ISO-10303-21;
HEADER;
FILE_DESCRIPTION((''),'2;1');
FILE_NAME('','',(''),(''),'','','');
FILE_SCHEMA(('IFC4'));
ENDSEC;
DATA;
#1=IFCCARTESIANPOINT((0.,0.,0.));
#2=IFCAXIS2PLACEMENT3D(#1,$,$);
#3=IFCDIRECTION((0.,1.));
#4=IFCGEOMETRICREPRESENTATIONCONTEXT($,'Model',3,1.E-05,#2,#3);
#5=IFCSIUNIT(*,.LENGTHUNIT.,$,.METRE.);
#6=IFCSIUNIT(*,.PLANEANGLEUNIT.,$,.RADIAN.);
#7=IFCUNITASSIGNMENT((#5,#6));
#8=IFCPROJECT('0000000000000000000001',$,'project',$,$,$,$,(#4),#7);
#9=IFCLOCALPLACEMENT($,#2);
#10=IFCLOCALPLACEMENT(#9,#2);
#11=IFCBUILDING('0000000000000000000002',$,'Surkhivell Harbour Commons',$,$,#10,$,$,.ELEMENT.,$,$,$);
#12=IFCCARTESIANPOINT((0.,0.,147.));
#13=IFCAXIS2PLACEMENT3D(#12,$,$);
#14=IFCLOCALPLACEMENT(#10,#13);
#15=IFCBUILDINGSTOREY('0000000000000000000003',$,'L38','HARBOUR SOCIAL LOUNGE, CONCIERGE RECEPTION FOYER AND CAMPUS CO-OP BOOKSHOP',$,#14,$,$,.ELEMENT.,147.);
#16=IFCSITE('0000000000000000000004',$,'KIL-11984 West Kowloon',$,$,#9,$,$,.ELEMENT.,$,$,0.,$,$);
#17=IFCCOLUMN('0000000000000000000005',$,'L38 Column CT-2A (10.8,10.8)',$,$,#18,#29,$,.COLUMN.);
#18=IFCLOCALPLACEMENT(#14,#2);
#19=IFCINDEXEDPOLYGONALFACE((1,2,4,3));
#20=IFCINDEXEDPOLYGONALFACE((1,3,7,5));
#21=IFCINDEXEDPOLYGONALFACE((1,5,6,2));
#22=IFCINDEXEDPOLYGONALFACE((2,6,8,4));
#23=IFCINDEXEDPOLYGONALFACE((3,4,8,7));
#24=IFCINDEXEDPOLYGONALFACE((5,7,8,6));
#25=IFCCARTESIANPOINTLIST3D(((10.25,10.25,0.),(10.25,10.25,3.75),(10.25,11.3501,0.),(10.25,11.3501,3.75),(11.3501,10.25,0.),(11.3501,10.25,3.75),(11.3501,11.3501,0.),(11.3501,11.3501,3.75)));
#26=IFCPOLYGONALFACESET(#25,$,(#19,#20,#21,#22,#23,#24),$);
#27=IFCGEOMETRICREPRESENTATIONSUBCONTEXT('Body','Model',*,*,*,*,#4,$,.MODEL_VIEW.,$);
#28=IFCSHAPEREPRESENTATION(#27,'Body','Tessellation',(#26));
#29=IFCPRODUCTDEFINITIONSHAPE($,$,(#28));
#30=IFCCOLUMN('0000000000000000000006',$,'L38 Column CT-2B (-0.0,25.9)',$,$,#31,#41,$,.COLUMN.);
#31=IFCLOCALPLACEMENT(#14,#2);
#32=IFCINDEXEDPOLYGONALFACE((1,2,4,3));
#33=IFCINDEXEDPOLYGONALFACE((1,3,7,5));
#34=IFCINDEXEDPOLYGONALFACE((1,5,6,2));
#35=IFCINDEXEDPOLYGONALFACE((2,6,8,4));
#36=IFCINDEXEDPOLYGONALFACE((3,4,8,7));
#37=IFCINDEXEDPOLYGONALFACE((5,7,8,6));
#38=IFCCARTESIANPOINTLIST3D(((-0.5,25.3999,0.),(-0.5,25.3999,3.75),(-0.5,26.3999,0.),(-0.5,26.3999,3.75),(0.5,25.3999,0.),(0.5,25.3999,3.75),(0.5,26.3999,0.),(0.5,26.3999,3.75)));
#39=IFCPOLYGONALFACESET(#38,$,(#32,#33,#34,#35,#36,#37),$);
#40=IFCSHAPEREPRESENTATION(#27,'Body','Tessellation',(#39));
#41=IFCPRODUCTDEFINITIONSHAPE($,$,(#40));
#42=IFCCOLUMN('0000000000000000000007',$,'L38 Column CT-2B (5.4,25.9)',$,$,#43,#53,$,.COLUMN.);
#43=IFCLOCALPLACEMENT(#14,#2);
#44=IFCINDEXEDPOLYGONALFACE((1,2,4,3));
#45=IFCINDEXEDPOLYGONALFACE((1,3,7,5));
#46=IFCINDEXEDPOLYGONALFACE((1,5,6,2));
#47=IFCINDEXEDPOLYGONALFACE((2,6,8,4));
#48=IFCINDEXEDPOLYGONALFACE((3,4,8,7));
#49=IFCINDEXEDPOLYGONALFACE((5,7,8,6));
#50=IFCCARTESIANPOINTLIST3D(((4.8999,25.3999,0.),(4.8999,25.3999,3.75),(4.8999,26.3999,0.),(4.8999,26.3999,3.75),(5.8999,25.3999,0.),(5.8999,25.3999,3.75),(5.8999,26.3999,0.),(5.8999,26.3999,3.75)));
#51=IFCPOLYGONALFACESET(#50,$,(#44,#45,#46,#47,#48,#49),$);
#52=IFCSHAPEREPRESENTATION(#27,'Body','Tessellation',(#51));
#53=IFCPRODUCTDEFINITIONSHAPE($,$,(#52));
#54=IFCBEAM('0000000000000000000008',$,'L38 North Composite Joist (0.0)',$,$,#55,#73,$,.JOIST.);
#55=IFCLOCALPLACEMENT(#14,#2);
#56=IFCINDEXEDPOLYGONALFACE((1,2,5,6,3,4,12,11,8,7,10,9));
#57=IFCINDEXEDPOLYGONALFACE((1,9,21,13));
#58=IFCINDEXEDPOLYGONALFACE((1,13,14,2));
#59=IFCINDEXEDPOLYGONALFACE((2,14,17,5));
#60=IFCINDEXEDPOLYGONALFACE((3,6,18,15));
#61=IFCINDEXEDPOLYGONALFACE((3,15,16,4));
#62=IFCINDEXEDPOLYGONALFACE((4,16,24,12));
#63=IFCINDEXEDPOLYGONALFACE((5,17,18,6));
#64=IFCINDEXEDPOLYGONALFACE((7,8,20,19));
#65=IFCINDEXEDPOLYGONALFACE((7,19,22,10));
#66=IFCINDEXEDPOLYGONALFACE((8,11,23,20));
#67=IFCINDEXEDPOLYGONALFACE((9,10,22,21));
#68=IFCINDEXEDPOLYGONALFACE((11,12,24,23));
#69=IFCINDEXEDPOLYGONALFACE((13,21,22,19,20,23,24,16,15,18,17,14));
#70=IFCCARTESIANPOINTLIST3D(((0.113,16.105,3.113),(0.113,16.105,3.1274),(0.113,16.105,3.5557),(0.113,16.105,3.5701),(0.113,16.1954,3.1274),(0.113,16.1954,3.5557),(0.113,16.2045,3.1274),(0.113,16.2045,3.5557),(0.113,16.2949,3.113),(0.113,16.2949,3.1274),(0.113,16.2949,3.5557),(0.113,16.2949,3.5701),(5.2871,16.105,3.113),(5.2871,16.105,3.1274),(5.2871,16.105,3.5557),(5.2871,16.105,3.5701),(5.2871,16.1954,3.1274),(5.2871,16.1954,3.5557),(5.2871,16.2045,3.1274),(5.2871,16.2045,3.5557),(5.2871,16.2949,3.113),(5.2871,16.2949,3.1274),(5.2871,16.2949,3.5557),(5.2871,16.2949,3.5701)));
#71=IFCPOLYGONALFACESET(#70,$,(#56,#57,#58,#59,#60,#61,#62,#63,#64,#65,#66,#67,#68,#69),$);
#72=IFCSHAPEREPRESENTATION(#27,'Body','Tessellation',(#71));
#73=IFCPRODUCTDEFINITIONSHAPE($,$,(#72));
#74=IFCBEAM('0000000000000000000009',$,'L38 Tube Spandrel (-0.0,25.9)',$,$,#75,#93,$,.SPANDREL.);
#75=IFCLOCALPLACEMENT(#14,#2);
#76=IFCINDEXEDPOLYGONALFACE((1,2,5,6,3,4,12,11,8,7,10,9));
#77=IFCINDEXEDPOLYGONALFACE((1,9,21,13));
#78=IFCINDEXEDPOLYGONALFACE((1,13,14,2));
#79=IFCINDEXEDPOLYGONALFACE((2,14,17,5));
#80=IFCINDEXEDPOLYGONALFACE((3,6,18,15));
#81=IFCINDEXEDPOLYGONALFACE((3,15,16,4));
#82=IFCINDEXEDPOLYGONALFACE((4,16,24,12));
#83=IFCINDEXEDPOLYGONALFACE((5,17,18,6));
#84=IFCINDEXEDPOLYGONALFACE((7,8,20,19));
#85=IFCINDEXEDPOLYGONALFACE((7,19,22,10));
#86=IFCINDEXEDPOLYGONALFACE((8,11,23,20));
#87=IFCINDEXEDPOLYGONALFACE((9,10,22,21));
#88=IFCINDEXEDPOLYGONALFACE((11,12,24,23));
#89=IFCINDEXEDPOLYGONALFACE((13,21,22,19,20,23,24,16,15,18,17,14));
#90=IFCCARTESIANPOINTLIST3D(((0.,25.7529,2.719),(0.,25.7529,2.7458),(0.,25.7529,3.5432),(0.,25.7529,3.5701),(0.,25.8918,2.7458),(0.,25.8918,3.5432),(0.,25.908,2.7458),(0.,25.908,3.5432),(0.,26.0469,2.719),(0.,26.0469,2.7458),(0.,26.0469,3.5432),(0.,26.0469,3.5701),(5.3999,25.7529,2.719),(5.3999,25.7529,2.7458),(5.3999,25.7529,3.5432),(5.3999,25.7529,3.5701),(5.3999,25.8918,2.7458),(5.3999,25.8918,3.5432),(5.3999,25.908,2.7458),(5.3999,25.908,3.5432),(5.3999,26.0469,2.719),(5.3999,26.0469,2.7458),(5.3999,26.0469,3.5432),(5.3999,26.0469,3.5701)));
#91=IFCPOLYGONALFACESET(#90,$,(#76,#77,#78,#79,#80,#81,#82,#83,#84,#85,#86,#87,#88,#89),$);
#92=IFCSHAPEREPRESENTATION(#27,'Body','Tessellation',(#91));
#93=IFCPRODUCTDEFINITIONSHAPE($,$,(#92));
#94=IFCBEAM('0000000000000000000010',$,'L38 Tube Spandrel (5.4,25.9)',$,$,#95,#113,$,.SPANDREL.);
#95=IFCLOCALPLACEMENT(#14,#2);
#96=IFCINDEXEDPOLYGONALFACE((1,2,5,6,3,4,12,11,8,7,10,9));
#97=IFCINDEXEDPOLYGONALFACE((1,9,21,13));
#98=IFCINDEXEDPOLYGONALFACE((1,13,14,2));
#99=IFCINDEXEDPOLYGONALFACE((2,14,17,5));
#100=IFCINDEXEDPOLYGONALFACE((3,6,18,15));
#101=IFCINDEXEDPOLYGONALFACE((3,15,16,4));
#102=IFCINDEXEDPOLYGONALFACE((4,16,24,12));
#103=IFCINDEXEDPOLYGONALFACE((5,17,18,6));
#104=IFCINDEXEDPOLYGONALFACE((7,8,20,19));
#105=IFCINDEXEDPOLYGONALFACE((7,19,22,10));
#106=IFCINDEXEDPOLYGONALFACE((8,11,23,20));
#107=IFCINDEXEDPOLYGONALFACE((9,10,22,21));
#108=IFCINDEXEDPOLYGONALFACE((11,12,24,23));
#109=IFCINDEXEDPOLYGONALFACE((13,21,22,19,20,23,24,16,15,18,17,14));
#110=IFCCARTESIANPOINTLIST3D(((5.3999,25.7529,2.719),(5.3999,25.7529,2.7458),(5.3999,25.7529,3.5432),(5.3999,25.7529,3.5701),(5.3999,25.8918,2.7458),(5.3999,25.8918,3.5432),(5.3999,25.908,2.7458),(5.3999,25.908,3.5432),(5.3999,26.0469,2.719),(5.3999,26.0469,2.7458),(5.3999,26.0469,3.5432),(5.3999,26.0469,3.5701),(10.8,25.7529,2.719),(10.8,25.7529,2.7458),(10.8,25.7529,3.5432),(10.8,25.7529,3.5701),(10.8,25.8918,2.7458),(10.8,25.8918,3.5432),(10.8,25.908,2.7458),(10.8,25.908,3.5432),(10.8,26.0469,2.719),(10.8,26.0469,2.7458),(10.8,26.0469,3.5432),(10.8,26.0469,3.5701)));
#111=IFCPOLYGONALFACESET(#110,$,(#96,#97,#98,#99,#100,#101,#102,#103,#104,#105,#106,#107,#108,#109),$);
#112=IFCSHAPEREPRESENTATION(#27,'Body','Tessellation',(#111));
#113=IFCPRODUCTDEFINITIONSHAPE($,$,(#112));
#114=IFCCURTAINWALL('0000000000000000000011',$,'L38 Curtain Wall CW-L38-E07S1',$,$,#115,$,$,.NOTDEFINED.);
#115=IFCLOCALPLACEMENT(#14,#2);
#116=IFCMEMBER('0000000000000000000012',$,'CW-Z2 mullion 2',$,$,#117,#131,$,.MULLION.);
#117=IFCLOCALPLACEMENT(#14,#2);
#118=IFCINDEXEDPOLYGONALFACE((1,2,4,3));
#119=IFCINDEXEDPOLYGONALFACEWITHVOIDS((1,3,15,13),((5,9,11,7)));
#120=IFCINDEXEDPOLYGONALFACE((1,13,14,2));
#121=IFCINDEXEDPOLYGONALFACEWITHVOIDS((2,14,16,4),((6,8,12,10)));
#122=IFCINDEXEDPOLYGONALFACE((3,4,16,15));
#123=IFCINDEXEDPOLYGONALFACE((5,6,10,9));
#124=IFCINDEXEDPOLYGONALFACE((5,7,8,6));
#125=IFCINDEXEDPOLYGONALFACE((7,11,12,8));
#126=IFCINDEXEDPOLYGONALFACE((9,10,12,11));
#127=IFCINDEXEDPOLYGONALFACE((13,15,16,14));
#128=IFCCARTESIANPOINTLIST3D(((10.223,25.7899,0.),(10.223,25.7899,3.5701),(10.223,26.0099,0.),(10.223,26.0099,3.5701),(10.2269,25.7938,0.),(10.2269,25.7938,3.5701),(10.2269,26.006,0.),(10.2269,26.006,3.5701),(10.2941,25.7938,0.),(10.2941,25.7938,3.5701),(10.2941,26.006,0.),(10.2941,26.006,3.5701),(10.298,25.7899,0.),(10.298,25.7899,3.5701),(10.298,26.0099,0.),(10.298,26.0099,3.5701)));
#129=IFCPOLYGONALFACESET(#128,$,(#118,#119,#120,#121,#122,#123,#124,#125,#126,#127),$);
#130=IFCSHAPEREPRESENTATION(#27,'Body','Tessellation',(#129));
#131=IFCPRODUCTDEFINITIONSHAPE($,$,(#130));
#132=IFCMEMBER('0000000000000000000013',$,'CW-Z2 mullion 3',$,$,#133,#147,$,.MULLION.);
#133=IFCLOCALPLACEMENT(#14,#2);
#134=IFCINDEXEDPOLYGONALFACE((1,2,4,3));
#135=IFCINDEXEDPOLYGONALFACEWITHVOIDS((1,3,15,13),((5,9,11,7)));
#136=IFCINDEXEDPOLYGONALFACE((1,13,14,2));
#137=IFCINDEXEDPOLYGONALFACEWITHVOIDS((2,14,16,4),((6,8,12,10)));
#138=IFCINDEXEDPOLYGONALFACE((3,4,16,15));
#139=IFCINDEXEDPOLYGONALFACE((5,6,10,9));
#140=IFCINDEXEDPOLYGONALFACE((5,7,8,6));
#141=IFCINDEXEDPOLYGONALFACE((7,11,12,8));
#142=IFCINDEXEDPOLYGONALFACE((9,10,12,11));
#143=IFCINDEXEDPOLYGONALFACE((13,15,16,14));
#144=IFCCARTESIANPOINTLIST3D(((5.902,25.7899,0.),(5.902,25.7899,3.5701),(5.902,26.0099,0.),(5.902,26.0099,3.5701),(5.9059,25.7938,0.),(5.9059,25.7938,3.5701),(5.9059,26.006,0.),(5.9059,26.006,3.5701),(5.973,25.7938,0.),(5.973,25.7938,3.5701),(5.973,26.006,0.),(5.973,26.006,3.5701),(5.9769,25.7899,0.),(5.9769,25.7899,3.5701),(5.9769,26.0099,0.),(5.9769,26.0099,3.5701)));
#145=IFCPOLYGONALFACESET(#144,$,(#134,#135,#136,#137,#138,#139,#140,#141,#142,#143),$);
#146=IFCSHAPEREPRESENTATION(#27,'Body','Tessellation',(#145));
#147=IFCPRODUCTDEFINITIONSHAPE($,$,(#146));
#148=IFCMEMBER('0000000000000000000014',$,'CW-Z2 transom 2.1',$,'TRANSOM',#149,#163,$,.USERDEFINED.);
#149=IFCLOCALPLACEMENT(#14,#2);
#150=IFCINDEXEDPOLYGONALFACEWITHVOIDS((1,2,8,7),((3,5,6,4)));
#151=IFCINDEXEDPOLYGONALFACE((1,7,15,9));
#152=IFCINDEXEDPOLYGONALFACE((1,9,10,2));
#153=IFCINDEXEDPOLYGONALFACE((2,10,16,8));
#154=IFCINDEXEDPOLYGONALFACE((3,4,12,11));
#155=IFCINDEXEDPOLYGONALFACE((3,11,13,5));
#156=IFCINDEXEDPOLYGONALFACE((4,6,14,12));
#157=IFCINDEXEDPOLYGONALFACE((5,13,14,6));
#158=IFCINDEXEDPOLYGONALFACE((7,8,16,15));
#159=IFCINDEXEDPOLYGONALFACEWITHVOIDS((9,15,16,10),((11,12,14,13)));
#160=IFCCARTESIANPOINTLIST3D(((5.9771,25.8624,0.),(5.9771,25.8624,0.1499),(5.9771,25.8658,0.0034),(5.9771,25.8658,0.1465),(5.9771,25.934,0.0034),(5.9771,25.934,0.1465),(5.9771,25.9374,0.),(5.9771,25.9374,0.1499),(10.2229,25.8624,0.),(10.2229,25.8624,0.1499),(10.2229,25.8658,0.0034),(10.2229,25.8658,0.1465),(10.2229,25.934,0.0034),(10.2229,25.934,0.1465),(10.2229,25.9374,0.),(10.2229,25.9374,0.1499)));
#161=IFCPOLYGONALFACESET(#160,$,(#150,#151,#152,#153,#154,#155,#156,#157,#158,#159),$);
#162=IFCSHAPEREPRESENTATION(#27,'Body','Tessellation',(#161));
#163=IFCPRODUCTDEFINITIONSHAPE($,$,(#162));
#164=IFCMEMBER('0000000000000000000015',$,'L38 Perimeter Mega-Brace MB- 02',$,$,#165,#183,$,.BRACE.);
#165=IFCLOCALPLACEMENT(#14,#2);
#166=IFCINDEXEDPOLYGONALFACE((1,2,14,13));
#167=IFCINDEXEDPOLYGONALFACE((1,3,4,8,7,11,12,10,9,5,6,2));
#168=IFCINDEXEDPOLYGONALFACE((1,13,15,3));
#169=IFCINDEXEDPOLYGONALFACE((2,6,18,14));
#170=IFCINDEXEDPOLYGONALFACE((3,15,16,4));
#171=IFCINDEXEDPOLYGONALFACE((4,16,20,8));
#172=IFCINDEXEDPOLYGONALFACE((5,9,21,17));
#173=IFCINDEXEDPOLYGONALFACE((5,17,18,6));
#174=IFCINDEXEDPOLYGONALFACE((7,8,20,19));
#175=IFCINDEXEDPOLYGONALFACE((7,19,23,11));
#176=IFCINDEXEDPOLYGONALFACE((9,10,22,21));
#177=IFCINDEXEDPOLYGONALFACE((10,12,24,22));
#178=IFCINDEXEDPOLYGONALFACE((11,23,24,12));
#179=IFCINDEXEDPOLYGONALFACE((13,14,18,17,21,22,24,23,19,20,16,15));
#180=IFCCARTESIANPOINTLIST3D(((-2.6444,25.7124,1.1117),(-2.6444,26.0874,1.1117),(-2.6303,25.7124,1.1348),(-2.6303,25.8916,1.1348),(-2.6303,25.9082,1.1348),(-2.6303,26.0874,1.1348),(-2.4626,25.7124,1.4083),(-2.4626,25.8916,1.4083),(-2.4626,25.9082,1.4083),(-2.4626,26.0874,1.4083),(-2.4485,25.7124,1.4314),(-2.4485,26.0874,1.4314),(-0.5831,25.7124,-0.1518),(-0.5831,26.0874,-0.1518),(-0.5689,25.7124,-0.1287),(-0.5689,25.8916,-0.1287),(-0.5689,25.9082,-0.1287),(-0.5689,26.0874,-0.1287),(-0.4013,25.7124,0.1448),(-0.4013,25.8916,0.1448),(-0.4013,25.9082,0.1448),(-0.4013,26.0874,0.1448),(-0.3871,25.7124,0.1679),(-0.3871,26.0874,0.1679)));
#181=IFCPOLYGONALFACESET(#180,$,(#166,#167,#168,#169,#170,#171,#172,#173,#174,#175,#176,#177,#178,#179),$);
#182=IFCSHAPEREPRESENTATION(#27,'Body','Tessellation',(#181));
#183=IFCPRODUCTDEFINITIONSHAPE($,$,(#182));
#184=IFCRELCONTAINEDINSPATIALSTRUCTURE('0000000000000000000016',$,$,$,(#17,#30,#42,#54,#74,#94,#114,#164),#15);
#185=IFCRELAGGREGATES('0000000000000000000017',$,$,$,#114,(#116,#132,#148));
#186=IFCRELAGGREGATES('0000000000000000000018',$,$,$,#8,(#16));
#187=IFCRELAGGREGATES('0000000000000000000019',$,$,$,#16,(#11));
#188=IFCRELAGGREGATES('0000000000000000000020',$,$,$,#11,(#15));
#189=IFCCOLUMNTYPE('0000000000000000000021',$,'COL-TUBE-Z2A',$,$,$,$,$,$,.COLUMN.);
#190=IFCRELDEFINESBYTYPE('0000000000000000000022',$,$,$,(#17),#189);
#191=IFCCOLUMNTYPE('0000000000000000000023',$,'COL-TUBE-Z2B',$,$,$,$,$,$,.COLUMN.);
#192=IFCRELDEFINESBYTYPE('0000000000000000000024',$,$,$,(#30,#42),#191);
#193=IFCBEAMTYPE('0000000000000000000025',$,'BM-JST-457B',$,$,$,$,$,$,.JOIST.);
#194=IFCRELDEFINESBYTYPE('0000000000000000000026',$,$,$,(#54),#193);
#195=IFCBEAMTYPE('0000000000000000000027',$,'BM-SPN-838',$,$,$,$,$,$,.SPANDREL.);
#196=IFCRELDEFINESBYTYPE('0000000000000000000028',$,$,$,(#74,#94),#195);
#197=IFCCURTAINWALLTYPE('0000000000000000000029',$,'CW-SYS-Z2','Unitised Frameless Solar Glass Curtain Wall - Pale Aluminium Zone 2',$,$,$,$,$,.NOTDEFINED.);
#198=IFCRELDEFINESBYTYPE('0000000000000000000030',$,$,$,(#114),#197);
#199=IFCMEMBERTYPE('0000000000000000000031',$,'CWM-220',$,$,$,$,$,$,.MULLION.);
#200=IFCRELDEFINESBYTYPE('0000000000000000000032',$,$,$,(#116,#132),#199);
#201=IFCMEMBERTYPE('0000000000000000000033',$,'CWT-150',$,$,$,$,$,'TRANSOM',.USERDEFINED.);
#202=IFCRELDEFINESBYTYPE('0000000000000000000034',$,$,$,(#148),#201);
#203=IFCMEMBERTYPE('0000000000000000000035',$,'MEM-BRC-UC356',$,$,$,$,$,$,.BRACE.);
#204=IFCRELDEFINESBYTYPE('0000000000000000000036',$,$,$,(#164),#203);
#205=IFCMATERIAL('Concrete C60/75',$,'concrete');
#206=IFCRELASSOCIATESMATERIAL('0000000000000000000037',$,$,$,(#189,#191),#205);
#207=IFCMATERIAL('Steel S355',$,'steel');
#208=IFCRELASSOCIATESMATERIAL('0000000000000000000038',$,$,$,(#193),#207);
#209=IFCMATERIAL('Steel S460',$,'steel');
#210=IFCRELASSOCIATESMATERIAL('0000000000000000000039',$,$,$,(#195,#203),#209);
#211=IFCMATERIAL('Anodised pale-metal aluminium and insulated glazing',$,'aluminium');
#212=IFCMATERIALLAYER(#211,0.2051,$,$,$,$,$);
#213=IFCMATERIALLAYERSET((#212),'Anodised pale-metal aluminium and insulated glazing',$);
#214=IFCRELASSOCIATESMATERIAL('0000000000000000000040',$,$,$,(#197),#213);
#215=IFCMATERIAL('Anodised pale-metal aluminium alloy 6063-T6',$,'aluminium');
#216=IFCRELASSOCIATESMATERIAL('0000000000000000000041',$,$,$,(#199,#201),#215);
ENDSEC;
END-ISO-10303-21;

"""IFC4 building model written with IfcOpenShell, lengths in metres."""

from ifc_helpers import new_model, si_unit, direction, frame, origin, origin_2d, place, context, subcontext, project, spatial, rectangle, hollow_rectangle, i_section, extrude, material, layer, layer_set, material_profile, profile_set, type_object, element, aggregate, save


model = new_model("IFC4")

# Units and contexts
model_context = context("Model", 3, precision=1e-05, world=origin(), true_north=direction((0.0, 1.0)))
body_context = subcontext(model_context, "Body", "Model", "MODEL_VIEW")
ifc_project = project(units=[si_unit("LENGTHUNIT", "METRE"), si_unit("PLANEANGLEUNIT", "RADIAN")], contexts=[model_context])

# Site, building, storey
site_placement = place(None, origin())
site = spatial("IfcSite", under=ifc_project, at=site_placement, Name="KIL-11984 West Kowloon", CompositionType="ELEMENT", RefElevation=0.0)
building_placement = place(site_placement, origin())
building = spatial("IfcBuilding", under=site, at=building_placement, Name="Surkhivell Harbour Commons", CompositionType="ELEMENT")
storey_placement = place(building_placement, frame((0.0, 0.0, 147.0)))
storey = spatial("IfcBuildingStorey", under=building, at=storey_placement, Name="L38", Description="HARBOUR SOCIAL LOUNGE, CONCIERGE RECEPTION FOYER AND CAMPUS CO-OP BOOKSHOP", CompositionType="ELEMENT", Elevation=147.0)

# Columns
ifc_material_1 = material(Name="Concrete C60/75", Category="concrete")
ifc_material_profile_1 = material_profile(ifc_material_1, rectangle(XDim=1.1001, YDim=1.1001, at=origin_2d()), Name="RC-COL-1100x1100")
ifc_profile_set_1 = profile_set([ifc_material_profile_1], Name="Concrete C60/75")
column_type_1 = type_object("IfcColumnType", Name="COL-TUBE-Z2A", PredefinedType="COLUMN", material=ifc_profile_set_1)
column_placement = place(storey_placement, frame((10.8, 10.8, 0.0), z_axis=(0.0, 0.0, 1.0), x_axis=(1.0, 0.0, 0.0)))
element("IfcColumn", 1, at=column_placement, inside=storey, type_object=column_type_1, Name="L38 Column CT-2A (10.8,10.8)", PredefinedType="COLUMN", context=body_context, shape_type="SweptSolid", body=[
    extrude(rectangle(XDim=1.1001, YDim=1.1001, at=origin_2d()), origin(), (0.0, 0.0, 1.0), 3.75),
])
ifc_material_profile_2 = material_profile(ifc_material_1, rectangle(XDim=1.0, YDim=1.0, at=origin_2d()), Name="RC-COL-1000x1000")
ifc_profile_set_2 = profile_set([ifc_material_profile_2], Name="Concrete C60/75")
column_type_2 = type_object("IfcColumnType", Name="COL-TUBE-Z2B", PredefinedType="COLUMN", material=ifc_profile_set_2)
for number, where, z_axis, x_axis, name in (
    (2, (0.0, 25.8999, 0.0), (0.0, 0.0, 1.0), (1.0, 0.0, 0.0), "L38 Column CT-2B (-0.0,25.9)"),
    (3, (5.3999, 25.8999, 0.0), (0.0, 0.0, 1.0), (1.0, 0.0, 0.0), "L38 Column CT-2B (5.4,25.9)"),
):
    element("IfcColumn", number, at=place(storey_placement, frame(where, z_axis=z_axis, x_axis=x_axis)), inside=storey, type_object=column_type_2, Name=name, PredefinedType="COLUMN", context=body_context, shape_type="SweptSolid", body=[
        extrude(rectangle(XDim=1.0, YDim=1.0, at=origin_2d()), origin(), (0.0, 0.0, 1.0), 3.75),
    ])

# Beams
ifc_material_2 = material(Name="Steel S355", Category="steel")
ifc_material_profile_3 = material_profile(ifc_material_2, i_section(OverallWidth=0.1899, OverallDepth=0.457, WebThickness=0.009, FlangeThickness=0.0144, at=origin_2d()), Name="UB457x191x74")
ifc_profile_set_3 = profile_set([ifc_material_profile_3], Name="Steel S355")
beam_type_1 = type_object("IfcBeamType", Name="BM-JST-457B", PredefinedType="JOIST", material=ifc_profile_set_3)
beam_1_placement = place(storey_placement, frame((0.113, 16.2, 3.3416), z_axis=(1.0, 0.0, 0.0), x_axis=(0.0, 1.0, 0.0)))
element("IfcBeam", 4, at=beam_1_placement, inside=storey, type_object=beam_type_1, Name="L38 North Composite Joist (0.0)", PredefinedType="JOIST", context=body_context, shape_type="SweptSolid", body=[
    extrude(i_section(OverallWidth=0.1899, OverallDepth=0.457, WebThickness=0.009, FlangeThickness=0.0144, at=origin_2d()), origin(), (0.0, 0.0, 1.0), 5.1741),
])
ifc_material_3 = material(Name="Steel S460", Category="steel")
ifc_material_profile_4 = material_profile(ifc_material_3, i_section(OverallWidth=0.2939, OverallDepth=0.8511, WebThickness=0.0161, FlangeThickness=0.0269, at=origin_2d()), Name="UB838x292x226")
ifc_profile_set_4 = profile_set([ifc_material_profile_4], Name="Steel S460")
beam_type_2 = type_object("IfcBeamType", Name="BM-SPN-838", PredefinedType="SPANDREL", material=ifc_profile_set_4)
beam_2_placement = place(storey_placement, frame((0.0, 25.8999, 3.1445), z_axis=(1.0, 0.0, 0.0), x_axis=(0.0, 1.0, 0.0)))
element("IfcBeam", 5, at=beam_2_placement, inside=storey, type_object=beam_type_2, Name="L38 Tube Spandrel (-0.0,25.9)", PredefinedType="SPANDREL", context=body_context, shape_type="SweptSolid", body=[
    extrude(i_section(OverallWidth=0.2939, OverallDepth=0.8511, WebThickness=0.0161, FlangeThickness=0.0269, at=origin_2d()), origin(), (0.0, 0.0, 1.0), 5.3999),
])
beam_3_placement = place(storey_placement, frame((5.3999, 25.8999, 3.1445), z_axis=(1.0, 0.0, 0.0), x_axis=(0.0, 1.0, 0.0)))
element("IfcBeam", 6, at=beam_3_placement, inside=storey, type_object=beam_type_2, Name="L38 Tube Spandrel (5.4,25.9)", PredefinedType="SPANDREL", context=body_context, shape_type="SweptSolid", body=[
    extrude(i_section(OverallWidth=0.2939, OverallDepth=0.8511, WebThickness=0.0161, FlangeThickness=0.0269, at=origin_2d()), origin(), (0.0, 0.0, 1.0), 5.4001),
])

# Curtain wall, members
ifc_material_4 = material(Name="Anodised pale-metal aluminium and insulated glazing", Category="aluminium")
ifc_layer_1 = layer(ifc_material_4, 0.2051)
ifc_layer_set_1 = layer_set([ifc_layer_1], Name="Anodised pale-metal aluminium and insulated glazing")
curtain_wall_type = type_object("IfcCurtainWallType", Name="CW-SYS-Z2", Description="Unitised Frameless Solar Glass Curtain Wall - Pale Aluminium Zone 2", PredefinedType="NOTDEFINED", material=ifc_layer_set_1)
curtain_wall_placement = place(storey_placement, origin())
curtain_wall = element("IfcCurtainWall", 7, at=curtain_wall_placement, inside=storey, type_object=curtain_wall_type, Name="L38 Curtain Wall CW-L38-E07S1", PredefinedType="NOTDEFINED")
ifc_material_5 = material(Name="Anodised pale-metal aluminium alloy 6063-T6", Category="aluminium")
ifc_material_profile_5 = material_profile(ifc_material_5, hollow_rectangle(XDim=0.075, YDim=0.22, WallThickness=0.0039, at=origin_2d()), Name="ALU-MULL-75x220")
ifc_profile_set_5 = profile_set([ifc_material_profile_5], Name="Anodised pale-metal aluminium alloy 6063-T6")
member_type_1 = type_object("IfcMemberType", Name="CWM-220", PredefinedType="MULLION", material=ifc_profile_set_5)
member_1_placement = place(storey_placement, frame((10.2605, 25.8999, 0.0), z_axis=(0.0, 0.0, 1.0), x_axis=(-1.0, 0.0, 0.0)))
member_1 = element("IfcMember", 8, at=member_1_placement, type_object=member_type_1, Name="CW-Z2 mullion 2", PredefinedType="MULLION", context=body_context, shape_type="SweptSolid", body=[
    extrude(hollow_rectangle(XDim=0.075, YDim=0.22, WallThickness=0.0039, at=origin_2d()), origin(), (0.0, 0.0, 1.0), 3.5701),
])
member_2_placement = place(storey_placement, frame((5.9395, 25.8999, 0.0), z_axis=(0.0, 0.0, 1.0), x_axis=(-1.0, 0.0, 0.0)))
member_2 = element("IfcMember", 9, at=member_2_placement, type_object=member_type_1, Name="CW-Z2 mullion 3", PredefinedType="MULLION", context=body_context, shape_type="SweptSolid", body=[
    extrude(hollow_rectangle(XDim=0.075, YDim=0.22, WallThickness=0.0039, at=origin_2d()), origin(), (0.0, 0.0, 1.0), 3.5701),
])
ifc_material_profile_6 = material_profile(ifc_material_5, hollow_rectangle(XDim=0.075, YDim=0.1499, WallThickness=0.0034, at=origin_2d()), Name="ALU-TRAN-75x150")
ifc_profile_set_6 = profile_set([ifc_material_profile_6], Name="Anodised pale-metal aluminium alloy 6063-T6")
member_type_2 = type_object("IfcMemberType", Name="CWT-150", ElementType="TRANSOM", PredefinedType="USERDEFINED", material=ifc_profile_set_6)
member_3_placement = place(storey_placement, frame((10.2229, 25.8999, 0.075), z_axis=(-1.0, 0.0, 0.0), x_axis=(0.0, -1.0, 0.0)))
member_3 = element("IfcMember", 10, at=member_3_placement, type_object=member_type_2, Name="CW-Z2 transom 2.1", ObjectType="TRANSOM", PredefinedType="USERDEFINED", context=body_context, shape_type="SweptSolid", body=[
    extrude(hollow_rectangle(XDim=0.075, YDim=0.1499, WallThickness=0.0034, at=origin_2d()), origin(), (0.0, 0.0, 1.0), 4.2458),
])

# Member
ifc_material_profile_7 = material_profile(ifc_material_3, i_section(OverallWidth=0.375, OverallDepth=0.375, WebThickness=0.0166, FlangeThickness=0.0271, at=origin_2d()), Name="UC356x368x202")
ifc_profile_set_7 = profile_set([ifc_material_profile_7], Name="Steel S460")
member_type_3 = type_object("IfcMemberType", Name="MEM-BRC-UC356", PredefinedType="BRACE", material=ifc_profile_set_7)
member_4_placement = place(storey_placement, frame((-0.4851, 25.8999, 0.0081), z_axis=(-0.85259, 0.0, 0.522581), x_axis=(0.0, -1.0, 0.0)))
element("IfcMember", 11, at=member_4_placement, inside=storey, type_object=member_type_3, Name="L38 Perimeter Mega-Brace MB- 02", PredefinedType="BRACE", context=body_context, shape_type="SweptSolid", body=[
    extrude(i_section(OverallWidth=0.375, OverallDepth=0.375, WebThickness=0.0166, FlangeThickness=0.0271, at=origin_2d()), origin(), (0.0, 0.0, 1.0), 2.4177),
])

aggregate(curtain_wall, [member_1, member_2, member_3])

save(model, "model.ifc")
